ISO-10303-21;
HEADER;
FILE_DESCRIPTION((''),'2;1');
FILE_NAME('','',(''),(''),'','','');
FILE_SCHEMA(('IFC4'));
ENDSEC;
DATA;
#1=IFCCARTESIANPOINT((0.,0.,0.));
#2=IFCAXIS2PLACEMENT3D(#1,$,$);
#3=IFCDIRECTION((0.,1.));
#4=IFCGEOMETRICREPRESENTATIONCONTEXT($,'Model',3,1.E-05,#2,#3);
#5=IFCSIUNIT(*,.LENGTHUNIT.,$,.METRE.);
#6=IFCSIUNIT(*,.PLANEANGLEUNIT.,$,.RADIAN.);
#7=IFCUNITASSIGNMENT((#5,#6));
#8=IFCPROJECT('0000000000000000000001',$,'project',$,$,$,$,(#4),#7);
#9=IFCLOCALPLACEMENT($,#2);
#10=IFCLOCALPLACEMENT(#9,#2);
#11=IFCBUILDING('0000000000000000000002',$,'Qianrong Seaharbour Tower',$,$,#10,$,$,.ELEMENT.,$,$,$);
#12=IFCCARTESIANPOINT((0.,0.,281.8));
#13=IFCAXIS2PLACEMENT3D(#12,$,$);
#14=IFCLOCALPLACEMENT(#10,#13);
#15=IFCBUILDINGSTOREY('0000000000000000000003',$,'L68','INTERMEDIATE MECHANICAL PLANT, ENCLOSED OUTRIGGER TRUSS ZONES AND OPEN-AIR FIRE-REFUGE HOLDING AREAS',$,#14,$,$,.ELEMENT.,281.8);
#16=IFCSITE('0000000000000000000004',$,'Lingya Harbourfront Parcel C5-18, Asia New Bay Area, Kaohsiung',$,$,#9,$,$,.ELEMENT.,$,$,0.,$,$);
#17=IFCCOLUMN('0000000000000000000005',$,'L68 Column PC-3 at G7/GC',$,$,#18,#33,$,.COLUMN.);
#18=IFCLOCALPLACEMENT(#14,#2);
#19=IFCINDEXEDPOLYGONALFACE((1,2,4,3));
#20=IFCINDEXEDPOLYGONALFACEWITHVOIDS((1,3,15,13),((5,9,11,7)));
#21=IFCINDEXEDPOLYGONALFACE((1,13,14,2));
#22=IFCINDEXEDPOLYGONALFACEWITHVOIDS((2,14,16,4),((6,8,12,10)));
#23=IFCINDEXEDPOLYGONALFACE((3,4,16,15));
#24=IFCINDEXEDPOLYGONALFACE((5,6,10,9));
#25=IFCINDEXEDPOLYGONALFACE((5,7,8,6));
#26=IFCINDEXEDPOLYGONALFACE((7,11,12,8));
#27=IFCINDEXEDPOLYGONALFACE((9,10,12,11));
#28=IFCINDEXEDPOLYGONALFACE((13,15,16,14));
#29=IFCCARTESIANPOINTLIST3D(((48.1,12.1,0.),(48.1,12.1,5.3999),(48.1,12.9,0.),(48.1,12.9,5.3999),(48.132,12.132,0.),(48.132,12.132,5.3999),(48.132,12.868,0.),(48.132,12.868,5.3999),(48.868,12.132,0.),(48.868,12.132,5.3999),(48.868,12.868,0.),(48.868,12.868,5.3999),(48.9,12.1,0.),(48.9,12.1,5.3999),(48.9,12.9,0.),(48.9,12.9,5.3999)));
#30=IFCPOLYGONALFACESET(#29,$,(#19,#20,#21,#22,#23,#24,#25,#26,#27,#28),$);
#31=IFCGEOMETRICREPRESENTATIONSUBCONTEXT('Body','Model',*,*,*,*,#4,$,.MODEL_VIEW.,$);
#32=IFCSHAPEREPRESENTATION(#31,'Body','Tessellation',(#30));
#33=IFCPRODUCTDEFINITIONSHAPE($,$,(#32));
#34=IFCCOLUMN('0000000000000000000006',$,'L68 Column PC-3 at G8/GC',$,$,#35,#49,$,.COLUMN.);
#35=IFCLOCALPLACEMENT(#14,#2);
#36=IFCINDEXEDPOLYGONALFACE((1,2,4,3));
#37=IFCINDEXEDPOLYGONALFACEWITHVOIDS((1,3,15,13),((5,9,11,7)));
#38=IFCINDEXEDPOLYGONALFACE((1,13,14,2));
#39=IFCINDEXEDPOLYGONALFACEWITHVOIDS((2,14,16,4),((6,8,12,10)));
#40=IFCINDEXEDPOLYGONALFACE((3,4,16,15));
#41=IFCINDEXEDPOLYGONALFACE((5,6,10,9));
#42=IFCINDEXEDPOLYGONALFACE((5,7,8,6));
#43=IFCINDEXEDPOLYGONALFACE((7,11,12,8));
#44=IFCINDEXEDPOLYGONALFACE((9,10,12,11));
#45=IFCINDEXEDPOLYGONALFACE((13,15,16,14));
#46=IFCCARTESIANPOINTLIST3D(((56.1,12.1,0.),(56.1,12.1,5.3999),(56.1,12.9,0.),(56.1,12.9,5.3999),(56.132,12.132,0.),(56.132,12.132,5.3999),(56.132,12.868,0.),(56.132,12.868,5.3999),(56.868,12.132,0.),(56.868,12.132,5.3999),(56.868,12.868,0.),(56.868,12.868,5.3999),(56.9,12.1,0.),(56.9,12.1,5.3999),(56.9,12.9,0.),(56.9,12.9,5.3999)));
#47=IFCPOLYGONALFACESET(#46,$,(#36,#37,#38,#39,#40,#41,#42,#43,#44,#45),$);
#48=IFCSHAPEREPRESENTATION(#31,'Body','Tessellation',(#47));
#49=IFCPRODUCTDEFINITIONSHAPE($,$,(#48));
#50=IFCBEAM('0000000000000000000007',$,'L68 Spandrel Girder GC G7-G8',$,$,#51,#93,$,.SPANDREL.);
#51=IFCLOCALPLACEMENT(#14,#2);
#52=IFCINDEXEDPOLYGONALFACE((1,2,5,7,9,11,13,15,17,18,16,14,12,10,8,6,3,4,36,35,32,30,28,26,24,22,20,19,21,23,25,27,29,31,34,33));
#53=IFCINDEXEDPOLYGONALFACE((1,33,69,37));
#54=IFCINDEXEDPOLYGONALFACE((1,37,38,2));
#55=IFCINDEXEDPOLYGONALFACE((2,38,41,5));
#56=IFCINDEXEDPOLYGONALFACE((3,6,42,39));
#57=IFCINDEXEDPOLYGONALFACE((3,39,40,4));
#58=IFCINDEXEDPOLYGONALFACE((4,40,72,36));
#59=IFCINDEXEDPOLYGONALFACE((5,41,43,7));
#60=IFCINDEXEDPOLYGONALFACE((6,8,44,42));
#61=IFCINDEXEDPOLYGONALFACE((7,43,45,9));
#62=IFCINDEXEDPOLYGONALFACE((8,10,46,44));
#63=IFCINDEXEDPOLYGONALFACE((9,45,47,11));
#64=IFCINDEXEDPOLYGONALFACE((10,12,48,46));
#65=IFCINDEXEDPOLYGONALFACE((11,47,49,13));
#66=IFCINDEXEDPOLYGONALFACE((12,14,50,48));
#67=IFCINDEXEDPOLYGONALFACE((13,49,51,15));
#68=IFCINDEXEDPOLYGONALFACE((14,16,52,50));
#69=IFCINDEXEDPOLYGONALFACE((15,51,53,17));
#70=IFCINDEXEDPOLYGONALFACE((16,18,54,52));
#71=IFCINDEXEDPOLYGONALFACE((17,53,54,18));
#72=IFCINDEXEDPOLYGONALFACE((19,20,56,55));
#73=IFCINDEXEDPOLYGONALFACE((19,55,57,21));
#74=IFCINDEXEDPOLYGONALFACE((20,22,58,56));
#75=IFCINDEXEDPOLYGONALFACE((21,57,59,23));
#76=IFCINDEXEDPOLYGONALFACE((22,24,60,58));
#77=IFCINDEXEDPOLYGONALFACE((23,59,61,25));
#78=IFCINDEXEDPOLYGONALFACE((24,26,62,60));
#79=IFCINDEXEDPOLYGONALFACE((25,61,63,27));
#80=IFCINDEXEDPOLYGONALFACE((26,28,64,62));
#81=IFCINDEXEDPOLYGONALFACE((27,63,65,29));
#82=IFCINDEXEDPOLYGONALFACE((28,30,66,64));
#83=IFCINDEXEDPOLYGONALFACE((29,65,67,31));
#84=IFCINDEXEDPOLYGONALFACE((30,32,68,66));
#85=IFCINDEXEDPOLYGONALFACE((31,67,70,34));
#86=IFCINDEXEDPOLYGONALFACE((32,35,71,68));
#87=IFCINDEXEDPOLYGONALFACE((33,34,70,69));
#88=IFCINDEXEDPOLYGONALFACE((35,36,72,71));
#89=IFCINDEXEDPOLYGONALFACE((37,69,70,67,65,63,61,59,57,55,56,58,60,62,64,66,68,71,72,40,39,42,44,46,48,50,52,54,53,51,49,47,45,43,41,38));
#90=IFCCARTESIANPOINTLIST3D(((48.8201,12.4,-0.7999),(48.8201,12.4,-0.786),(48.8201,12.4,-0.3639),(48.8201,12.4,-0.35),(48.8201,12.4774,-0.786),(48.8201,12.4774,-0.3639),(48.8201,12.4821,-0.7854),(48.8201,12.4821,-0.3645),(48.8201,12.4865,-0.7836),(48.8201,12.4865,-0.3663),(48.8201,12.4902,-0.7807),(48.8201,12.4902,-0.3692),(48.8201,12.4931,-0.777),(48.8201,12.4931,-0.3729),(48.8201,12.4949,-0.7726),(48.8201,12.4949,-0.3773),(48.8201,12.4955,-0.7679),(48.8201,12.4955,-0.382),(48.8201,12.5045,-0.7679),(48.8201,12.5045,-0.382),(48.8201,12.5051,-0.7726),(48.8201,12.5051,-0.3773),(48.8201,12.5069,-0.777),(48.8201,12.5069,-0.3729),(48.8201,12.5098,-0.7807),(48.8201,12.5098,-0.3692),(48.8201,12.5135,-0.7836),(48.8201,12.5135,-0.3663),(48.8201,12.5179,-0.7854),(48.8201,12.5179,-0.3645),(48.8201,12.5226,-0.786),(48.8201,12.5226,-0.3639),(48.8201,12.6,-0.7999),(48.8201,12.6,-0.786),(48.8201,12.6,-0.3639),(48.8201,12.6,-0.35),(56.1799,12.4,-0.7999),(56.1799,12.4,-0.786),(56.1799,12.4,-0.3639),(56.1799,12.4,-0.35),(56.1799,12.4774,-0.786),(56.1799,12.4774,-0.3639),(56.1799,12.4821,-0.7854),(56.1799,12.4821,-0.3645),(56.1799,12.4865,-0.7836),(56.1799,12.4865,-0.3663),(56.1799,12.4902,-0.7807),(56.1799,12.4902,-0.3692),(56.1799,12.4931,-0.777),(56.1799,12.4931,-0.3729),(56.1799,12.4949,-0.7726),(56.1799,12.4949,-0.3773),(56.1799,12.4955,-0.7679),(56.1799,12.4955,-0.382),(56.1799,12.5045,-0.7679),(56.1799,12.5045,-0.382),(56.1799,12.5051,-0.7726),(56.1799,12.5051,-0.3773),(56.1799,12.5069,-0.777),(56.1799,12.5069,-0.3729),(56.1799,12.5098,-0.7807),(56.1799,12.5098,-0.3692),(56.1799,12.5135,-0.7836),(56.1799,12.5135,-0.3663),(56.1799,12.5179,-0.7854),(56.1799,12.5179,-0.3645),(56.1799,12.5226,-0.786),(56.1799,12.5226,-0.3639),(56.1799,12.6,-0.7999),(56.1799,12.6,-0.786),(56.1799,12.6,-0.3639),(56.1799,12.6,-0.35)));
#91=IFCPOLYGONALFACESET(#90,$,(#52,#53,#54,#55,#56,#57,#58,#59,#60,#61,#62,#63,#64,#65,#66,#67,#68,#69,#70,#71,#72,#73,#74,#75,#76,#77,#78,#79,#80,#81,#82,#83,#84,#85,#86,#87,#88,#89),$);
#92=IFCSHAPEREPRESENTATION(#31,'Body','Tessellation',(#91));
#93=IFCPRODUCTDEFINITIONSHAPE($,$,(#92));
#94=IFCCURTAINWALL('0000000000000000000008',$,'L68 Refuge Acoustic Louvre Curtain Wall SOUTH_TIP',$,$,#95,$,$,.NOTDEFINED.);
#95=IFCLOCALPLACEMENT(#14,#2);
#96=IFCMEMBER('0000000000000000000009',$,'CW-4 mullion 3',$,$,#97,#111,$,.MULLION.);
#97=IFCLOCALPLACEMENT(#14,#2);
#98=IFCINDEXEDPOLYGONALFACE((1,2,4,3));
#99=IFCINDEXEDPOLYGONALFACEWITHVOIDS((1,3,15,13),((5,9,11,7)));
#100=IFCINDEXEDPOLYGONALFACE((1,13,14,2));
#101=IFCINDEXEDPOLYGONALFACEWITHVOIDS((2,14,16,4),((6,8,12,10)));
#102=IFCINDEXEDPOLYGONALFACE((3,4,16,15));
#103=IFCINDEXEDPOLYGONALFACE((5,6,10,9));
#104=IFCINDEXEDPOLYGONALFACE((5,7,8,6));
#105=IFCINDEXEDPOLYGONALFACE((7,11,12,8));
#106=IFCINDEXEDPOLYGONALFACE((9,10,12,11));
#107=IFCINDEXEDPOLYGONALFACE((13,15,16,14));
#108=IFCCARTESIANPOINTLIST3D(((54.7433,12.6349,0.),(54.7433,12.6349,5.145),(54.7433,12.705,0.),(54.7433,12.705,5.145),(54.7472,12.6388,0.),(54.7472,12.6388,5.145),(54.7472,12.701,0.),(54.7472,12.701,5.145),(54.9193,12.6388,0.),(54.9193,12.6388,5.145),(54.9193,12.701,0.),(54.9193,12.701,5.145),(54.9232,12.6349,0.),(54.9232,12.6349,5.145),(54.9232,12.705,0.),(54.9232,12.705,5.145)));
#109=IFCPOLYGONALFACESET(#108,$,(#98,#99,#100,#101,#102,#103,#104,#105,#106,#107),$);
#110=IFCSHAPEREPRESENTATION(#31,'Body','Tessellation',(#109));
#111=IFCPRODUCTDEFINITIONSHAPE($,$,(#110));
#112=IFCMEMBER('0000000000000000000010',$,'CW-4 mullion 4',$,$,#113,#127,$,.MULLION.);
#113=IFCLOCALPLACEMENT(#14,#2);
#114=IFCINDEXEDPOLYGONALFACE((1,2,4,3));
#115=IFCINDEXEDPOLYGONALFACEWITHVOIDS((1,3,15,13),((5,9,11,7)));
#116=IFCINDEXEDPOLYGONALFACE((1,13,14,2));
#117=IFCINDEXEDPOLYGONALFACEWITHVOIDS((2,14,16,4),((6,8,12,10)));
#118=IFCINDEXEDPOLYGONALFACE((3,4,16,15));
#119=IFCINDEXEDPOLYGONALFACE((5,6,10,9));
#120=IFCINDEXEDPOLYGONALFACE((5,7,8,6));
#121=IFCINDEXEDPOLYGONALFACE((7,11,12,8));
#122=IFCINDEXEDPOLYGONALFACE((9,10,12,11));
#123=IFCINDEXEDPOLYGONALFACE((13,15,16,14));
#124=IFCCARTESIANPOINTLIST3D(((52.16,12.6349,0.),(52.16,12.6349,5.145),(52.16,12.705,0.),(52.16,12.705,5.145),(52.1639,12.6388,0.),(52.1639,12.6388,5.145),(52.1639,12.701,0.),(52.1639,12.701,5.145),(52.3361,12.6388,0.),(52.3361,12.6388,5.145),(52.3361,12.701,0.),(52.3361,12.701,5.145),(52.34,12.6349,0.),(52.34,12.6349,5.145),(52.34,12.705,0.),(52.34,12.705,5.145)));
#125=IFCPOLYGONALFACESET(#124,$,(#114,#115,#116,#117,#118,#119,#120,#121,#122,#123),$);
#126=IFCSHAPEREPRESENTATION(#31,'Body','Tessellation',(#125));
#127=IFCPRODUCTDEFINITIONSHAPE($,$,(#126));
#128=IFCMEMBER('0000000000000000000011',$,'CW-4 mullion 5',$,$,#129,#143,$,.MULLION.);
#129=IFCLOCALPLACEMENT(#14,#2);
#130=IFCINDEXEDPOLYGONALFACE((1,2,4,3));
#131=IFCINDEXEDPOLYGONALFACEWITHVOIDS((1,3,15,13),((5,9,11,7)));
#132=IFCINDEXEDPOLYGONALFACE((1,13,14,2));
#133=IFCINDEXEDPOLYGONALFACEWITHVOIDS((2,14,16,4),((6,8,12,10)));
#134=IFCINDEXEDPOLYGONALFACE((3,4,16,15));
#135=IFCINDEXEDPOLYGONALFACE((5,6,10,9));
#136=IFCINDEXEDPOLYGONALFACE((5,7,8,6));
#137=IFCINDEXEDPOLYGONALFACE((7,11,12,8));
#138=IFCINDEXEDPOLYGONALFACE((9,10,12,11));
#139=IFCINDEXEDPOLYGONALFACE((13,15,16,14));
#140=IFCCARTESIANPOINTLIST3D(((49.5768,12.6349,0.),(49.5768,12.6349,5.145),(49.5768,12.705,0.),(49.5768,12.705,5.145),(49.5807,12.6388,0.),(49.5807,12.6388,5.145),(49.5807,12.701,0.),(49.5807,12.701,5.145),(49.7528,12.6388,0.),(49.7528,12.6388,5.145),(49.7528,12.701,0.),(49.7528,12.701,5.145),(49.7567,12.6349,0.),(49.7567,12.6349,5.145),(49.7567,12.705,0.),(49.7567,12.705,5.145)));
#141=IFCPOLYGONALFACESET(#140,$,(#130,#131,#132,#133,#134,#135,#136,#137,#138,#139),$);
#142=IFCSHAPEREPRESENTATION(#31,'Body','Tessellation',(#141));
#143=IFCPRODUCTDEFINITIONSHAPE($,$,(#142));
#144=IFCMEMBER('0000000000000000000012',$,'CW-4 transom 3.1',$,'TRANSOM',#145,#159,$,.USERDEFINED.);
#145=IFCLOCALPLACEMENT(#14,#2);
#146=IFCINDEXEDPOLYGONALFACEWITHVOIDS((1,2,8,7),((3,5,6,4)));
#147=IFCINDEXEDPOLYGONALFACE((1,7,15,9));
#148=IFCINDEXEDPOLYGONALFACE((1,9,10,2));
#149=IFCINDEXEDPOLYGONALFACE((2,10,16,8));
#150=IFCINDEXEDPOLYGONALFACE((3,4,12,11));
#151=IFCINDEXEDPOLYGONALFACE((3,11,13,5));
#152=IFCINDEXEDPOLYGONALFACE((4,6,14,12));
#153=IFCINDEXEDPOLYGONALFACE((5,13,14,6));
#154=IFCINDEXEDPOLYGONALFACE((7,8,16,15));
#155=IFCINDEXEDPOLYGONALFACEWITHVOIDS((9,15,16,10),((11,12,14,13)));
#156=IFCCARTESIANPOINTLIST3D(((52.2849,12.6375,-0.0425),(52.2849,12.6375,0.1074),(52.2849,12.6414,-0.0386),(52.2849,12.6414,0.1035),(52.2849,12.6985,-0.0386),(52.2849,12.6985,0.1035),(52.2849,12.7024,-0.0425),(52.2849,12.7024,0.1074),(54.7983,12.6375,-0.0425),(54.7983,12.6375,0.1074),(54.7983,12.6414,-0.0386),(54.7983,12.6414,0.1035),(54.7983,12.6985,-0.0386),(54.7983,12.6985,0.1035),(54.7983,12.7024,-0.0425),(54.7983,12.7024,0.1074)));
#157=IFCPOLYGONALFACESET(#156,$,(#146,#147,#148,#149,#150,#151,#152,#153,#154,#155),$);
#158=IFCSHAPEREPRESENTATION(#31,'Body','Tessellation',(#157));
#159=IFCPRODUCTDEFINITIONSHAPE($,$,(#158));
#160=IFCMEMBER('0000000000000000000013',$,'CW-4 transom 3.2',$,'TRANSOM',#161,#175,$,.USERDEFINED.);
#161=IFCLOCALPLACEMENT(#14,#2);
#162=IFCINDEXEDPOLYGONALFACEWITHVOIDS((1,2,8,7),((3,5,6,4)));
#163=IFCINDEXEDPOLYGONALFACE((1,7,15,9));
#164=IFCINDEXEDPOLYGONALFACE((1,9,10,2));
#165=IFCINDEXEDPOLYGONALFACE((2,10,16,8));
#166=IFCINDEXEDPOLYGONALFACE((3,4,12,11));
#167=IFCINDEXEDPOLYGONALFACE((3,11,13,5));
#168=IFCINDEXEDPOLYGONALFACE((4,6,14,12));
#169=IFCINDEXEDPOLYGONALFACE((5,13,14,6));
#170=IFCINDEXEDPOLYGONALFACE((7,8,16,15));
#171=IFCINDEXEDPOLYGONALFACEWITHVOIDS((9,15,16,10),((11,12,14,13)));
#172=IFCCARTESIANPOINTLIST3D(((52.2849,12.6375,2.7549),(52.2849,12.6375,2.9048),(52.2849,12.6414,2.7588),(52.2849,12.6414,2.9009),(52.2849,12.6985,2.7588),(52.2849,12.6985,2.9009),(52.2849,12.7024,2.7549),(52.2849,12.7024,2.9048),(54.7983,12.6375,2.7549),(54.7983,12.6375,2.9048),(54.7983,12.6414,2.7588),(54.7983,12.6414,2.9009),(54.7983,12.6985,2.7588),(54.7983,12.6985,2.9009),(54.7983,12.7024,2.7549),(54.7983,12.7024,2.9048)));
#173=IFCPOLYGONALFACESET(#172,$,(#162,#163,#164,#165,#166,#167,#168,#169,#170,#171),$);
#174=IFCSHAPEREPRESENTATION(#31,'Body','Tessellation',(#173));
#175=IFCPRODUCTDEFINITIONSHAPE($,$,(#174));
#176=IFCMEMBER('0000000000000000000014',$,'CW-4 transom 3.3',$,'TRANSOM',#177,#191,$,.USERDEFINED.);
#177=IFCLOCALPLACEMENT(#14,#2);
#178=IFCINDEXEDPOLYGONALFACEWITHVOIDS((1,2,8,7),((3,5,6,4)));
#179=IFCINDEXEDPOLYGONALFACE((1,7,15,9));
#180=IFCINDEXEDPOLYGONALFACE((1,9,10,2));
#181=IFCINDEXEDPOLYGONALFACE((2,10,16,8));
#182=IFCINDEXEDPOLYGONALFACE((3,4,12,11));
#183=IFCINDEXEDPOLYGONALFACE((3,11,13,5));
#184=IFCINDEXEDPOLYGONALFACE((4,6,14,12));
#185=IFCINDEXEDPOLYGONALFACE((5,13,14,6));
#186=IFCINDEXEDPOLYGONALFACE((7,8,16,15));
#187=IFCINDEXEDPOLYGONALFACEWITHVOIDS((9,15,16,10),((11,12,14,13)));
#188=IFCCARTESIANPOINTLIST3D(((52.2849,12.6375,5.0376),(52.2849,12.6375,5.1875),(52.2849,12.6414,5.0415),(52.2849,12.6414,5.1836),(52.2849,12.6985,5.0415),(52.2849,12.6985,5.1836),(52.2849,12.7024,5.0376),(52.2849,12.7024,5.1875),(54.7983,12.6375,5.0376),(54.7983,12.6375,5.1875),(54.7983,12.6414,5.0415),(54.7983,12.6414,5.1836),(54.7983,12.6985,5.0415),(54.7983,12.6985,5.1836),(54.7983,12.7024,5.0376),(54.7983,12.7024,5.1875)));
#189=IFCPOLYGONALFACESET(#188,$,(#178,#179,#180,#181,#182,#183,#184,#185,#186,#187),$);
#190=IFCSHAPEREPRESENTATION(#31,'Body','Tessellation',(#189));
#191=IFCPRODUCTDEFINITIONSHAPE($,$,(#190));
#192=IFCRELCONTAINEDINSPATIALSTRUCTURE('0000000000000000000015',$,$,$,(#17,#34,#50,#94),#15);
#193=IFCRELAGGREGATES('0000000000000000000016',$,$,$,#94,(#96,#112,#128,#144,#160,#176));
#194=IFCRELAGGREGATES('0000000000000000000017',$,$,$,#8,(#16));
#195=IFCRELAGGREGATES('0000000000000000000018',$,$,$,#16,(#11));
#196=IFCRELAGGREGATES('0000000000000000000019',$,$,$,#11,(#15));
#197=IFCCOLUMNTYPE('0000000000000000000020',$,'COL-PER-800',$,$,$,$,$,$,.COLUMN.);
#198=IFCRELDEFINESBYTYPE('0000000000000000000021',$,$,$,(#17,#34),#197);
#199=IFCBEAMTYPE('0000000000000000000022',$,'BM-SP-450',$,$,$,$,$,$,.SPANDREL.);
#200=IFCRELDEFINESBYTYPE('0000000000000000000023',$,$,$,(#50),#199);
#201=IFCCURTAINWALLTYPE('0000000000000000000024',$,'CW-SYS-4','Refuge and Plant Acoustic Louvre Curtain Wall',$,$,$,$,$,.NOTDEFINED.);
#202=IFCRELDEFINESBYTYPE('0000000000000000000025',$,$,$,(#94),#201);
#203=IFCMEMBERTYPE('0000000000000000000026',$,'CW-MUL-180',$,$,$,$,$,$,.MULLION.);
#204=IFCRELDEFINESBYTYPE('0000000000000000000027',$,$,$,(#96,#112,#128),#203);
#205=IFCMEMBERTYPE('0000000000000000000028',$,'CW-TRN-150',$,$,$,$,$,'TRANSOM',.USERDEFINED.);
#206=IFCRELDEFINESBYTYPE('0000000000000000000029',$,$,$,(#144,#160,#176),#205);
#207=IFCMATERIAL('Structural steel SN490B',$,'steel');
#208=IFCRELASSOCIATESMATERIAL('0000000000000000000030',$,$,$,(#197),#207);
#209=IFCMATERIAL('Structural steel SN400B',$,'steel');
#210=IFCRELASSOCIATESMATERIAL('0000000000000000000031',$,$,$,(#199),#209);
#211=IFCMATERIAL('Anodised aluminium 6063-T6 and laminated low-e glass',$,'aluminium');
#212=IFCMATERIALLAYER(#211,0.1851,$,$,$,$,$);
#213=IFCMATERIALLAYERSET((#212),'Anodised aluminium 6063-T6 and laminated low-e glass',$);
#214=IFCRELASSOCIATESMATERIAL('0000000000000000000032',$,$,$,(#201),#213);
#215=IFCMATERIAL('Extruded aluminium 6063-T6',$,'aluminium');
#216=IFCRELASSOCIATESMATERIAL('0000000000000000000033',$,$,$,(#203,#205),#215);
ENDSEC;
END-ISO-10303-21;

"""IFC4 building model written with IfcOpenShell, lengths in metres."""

from ifc_helpers import new_model, si_unit, direction, frame, origin, origin_2d, place, context, subcontext, project, spatial, hollow_rectangle, i_section, extrude, material, layer, layer_set, material_profile, profile_set, type_object, element, aggregate, save


model = new_model("IFC4")

# Units and contexts
model_context = context("Model", 3, precision=1e-05, world=origin(), true_north=direction((0.0, 1.0)))
body_context = subcontext(model_context, "Body", "Model", "MODEL_VIEW")
ifc_project = project(units=[si_unit("LENGTHUNIT", "METRE"), si_unit("PLANEANGLEUNIT", "RADIAN")], contexts=[model_context])

# Site, building, storey
site_placement = place(None, origin())
site = spatial("IfcSite", under=ifc_project, at=site_placement, Name="Lingya Harbourfront Parcel C5-18, Asia New Bay Area, Kaohsiung", CompositionType="ELEMENT", RefElevation=0.0)
building_placement = place(site_placement, origin())
building = spatial("IfcBuilding", under=site, at=building_placement, Name="Qianrong Seaharbour Tower", CompositionType="ELEMENT")
storey_placement = place(building_placement, frame((0.0, 0.0, 281.8)))
storey = spatial("IfcBuildingStorey", under=building, at=storey_placement, Name="L68", Description="INTERMEDIATE MECHANICAL PLANT, ENCLOSED OUTRIGGER TRUSS ZONES AND OPEN-AIR FIRE-REFUGE HOLDING AREAS", CompositionType="ELEMENT", Elevation=281.8)

# Columns
ifc_material_1 = material(Name="Structural steel SN490B", Category="steel")
ifc_material_profile_1 = material_profile(ifc_material_1, hollow_rectangle(XDim=0.8, YDim=0.8, WallThickness=0.032, at=origin_2d()), Name="BOX800x800x32")
ifc_profile_set_1 = profile_set([ifc_material_profile_1], Name="Structural steel SN490B")
column_type = type_object("IfcColumnType", Name="COL-PER-800", PredefinedType="COLUMN", material=ifc_profile_set_1)
for number, where, z_axis, x_axis, name in (
    (1, (48.5, 12.5, 0.0), (0.0, 0.0, 1.0), (1.0, 0.0, 0.0), "L68 Column PC-3 at G7/GC"),
    (2, (56.5, 12.5, 0.0), (0.0, 0.0, 1.0), (1.0, 0.0, 0.0), "L68 Column PC-3 at G8/GC"),
):
    element("IfcColumn", number, at=place(storey_placement, frame(where, z_axis=z_axis, x_axis=x_axis)), inside=storey, type_object=column_type, Name=name, PredefinedType="COLUMN", context=body_context, shape_type="SweptSolid", body=[
        extrude(hollow_rectangle(XDim=0.8, YDim=0.8, WallThickness=0.032, at=origin_2d()), origin(), (0.0, 0.0, 1.0), 5.3999),
    ])

# Beam
ifc_material_2 = material(Name="Structural steel SN400B", Category="steel")
ifc_material_profile_2 = material_profile(ifc_material_2, i_section(OverallWidth=0.2, OverallDepth=0.45, WebThickness=0.009, FlangeThickness=0.0139, FilletRadius=0.0181, at=origin_2d()), Name="H450x200x9x14")
ifc_profile_set_2 = profile_set([ifc_material_profile_2], Name="Structural steel SN400B")
beam_type = type_object("IfcBeamType", Name="BM-SP-450", PredefinedType="SPANDREL", material=ifc_profile_set_2)
beam_placement = place(storey_placement, frame((48.8201, 12.5, -0.575), z_axis=(1.0, 0.0, 0.0), x_axis=(0.0, 1.0, 0.0)))
element("IfcBeam", 3, at=beam_placement, inside=storey, type_object=beam_type, Name="L68 Spandrel Girder GC G7-G8", PredefinedType="SPANDREL", context=body_context, shape_type="SweptSolid", body=[
    extrude(i_section(OverallWidth=0.2, OverallDepth=0.45, WebThickness=0.009, FlangeThickness=0.0139, FilletRadius=0.0181, at=origin_2d()), origin(), (0.0, 0.0, 1.0), 7.3599),
])

# Curtain wall, members
ifc_material_3 = material(Name="Anodised aluminium 6063-T6 and laminated low-e glass", Category="aluminium")
ifc_layer_1 = layer(ifc_material_3, 0.1851)
ifc_layer_set_1 = layer_set([ifc_layer_1], Name="Anodised aluminium 6063-T6 and laminated low-e glass")
curtain_wall_type = type_object("IfcCurtainWallType", Name="CW-SYS-4", Description="Refuge and Plant Acoustic Louvre Curtain Wall", PredefinedType="NOTDEFINED", material=ifc_layer_set_1)
curtain_wall_placement = place(storey_placement, origin())
curtain_wall = element("IfcCurtainWall", 4, at=curtain_wall_placement, inside=storey, type_object=curtain_wall_type, Name="L68 Refuge Acoustic Louvre Curtain Wall SOUTH_TIP", PredefinedType="NOTDEFINED")
ifc_material_4 = material(Name="Extruded aluminium 6063-T6", Category="aluminium")
ifc_material_profile_3 = material_profile(ifc_material_4, hollow_rectangle(XDim=0.0701, YDim=0.1799, WallThickness=0.0039, at=origin_2d()), Name="ALU-MUL-180x70x4")
ifc_profile_set_3 = profile_set([ifc_material_profile_3], Name="Extruded aluminium 6063-T6")
member_type_1 = type_object("IfcMemberType", Name="CW-MUL-180", PredefinedType="MULLION", material=ifc_profile_set_3)
member_1_placement = place(storey_placement, frame((54.8333, 12.6699, 0.0), z_axis=(0.0, 0.0, 1.0), x_axis=(0.0, -1.0, 0.0)))
member_1 = element("IfcMember", 5, at=member_1_placement, type_object=member_type_1, Name="CW-4 mullion 3", PredefinedType="MULLION", context=body_context, shape_type="SweptSolid", body=[
    extrude(hollow_rectangle(XDim=0.0701, YDim=0.1799, WallThickness=0.0039, at=origin_2d()), origin(), (0.0, 0.0, 1.0), 5.145),
])
member_2_placement = place(storey_placement, frame((52.25, 12.6699, 0.0), z_axis=(0.0, 0.0, 1.0), x_axis=(0.0, -1.0, 0.0)))
member_2 = element("IfcMember", 6, at=member_2_placement, type_object=member_type_1, Name="CW-4 mullion 4", PredefinedType="MULLION", context=body_context, shape_type="SweptSolid", body=[
    extrude(hollow_rectangle(XDim=0.0701, YDim=0.1799, WallThickness=0.0039, at=origin_2d()), origin(), (0.0, 0.0, 1.0), 5.145),
])
member_3_placement = place(storey_placement, frame((49.6667, 12.6699, 0.0), z_axis=(0.0, 0.0, 1.0), x_axis=(0.0, -1.0, 0.0)))
member_3 = element("IfcMember", 7, at=member_3_placement, type_object=member_type_1, Name="CW-4 mullion 5", PredefinedType="MULLION", context=body_context, shape_type="SweptSolid", body=[
    extrude(hollow_rectangle(XDim=0.0701, YDim=0.1799, WallThickness=0.0039, at=origin_2d()), origin(), (0.0, 0.0, 1.0), 5.145),
])
ifc_material_profile_4 = material_profile(ifc_material_4, hollow_rectangle(XDim=0.0649, YDim=0.1499, WallThickness=0.0039, at=origin_2d()), Name="ALU-TRN-150x65x4")
ifc_profile_set_4 = profile_set([ifc_material_profile_4], Name="Extruded aluminium 6063-T6")
member_type_2 = type_object("IfcMemberType", Name="CW-TRN-150", ElementType="TRANSOM", PredefinedType="USERDEFINED", material=ifc_profile_set_4)
member_4_placement = place(storey_placement, frame((54.7983, 12.6699, 0.0325), z_axis=(-1.0, 0.0, 0.0), x_axis=(0.0, -1.0, 0.0)))
member_4 = element("IfcMember", 8, at=member_4_placement, type_object=member_type_2, Name="CW-4 transom 3.1", ObjectType="TRANSOM", PredefinedType="USERDEFINED", context=body_context, shape_type="SweptSolid", body=[
    extrude(hollow_rectangle(XDim=0.0649, YDim=0.1499, WallThickness=0.0039, at=origin_2d()), origin(), (0.0, 0.0, 1.0), 2.5134),
])
member_5_placement = place(storey_placement, frame((54.7983, 12.6699, 2.8298), z_axis=(-1.0, 0.0, 0.0), x_axis=(0.0, -1.0, 0.0)))
member_5 = element("IfcMember", 9, at=member_5_placement, type_object=member_type_2, Name="CW-4 transom 3.2", ObjectType="TRANSOM", PredefinedType="USERDEFINED", context=body_context, shape_type="SweptSolid", body=[
    extrude(hollow_rectangle(XDim=0.0649, YDim=0.1499, WallThickness=0.0039, at=origin_2d()), origin(), (0.0, 0.0, 1.0), 2.5134),
])
member_6_placement = place(storey_placement, frame((54.7983, 12.6699, 5.1125), z_axis=(-1.0, 0.0, 0.0), x_axis=(0.0, -1.0, 0.0)))
member_6 = element("IfcMember", 10, at=member_6_placement, type_object=member_type_2, Name="CW-4 transom 3.3", ObjectType="TRANSOM", PredefinedType="USERDEFINED", context=body_context, shape_type="SweptSolid", body=[
    extrude(hollow_rectangle(XDim=0.0649, YDim=0.1499, WallThickness=0.0039, at=origin_2d()), origin(), (0.0, 0.0, 1.0), 2.5134),
])
aggregate(curtain_wall, [member_1, member_2, member_3, member_4, member_5, member_6])

save(model, "model.ifc")
